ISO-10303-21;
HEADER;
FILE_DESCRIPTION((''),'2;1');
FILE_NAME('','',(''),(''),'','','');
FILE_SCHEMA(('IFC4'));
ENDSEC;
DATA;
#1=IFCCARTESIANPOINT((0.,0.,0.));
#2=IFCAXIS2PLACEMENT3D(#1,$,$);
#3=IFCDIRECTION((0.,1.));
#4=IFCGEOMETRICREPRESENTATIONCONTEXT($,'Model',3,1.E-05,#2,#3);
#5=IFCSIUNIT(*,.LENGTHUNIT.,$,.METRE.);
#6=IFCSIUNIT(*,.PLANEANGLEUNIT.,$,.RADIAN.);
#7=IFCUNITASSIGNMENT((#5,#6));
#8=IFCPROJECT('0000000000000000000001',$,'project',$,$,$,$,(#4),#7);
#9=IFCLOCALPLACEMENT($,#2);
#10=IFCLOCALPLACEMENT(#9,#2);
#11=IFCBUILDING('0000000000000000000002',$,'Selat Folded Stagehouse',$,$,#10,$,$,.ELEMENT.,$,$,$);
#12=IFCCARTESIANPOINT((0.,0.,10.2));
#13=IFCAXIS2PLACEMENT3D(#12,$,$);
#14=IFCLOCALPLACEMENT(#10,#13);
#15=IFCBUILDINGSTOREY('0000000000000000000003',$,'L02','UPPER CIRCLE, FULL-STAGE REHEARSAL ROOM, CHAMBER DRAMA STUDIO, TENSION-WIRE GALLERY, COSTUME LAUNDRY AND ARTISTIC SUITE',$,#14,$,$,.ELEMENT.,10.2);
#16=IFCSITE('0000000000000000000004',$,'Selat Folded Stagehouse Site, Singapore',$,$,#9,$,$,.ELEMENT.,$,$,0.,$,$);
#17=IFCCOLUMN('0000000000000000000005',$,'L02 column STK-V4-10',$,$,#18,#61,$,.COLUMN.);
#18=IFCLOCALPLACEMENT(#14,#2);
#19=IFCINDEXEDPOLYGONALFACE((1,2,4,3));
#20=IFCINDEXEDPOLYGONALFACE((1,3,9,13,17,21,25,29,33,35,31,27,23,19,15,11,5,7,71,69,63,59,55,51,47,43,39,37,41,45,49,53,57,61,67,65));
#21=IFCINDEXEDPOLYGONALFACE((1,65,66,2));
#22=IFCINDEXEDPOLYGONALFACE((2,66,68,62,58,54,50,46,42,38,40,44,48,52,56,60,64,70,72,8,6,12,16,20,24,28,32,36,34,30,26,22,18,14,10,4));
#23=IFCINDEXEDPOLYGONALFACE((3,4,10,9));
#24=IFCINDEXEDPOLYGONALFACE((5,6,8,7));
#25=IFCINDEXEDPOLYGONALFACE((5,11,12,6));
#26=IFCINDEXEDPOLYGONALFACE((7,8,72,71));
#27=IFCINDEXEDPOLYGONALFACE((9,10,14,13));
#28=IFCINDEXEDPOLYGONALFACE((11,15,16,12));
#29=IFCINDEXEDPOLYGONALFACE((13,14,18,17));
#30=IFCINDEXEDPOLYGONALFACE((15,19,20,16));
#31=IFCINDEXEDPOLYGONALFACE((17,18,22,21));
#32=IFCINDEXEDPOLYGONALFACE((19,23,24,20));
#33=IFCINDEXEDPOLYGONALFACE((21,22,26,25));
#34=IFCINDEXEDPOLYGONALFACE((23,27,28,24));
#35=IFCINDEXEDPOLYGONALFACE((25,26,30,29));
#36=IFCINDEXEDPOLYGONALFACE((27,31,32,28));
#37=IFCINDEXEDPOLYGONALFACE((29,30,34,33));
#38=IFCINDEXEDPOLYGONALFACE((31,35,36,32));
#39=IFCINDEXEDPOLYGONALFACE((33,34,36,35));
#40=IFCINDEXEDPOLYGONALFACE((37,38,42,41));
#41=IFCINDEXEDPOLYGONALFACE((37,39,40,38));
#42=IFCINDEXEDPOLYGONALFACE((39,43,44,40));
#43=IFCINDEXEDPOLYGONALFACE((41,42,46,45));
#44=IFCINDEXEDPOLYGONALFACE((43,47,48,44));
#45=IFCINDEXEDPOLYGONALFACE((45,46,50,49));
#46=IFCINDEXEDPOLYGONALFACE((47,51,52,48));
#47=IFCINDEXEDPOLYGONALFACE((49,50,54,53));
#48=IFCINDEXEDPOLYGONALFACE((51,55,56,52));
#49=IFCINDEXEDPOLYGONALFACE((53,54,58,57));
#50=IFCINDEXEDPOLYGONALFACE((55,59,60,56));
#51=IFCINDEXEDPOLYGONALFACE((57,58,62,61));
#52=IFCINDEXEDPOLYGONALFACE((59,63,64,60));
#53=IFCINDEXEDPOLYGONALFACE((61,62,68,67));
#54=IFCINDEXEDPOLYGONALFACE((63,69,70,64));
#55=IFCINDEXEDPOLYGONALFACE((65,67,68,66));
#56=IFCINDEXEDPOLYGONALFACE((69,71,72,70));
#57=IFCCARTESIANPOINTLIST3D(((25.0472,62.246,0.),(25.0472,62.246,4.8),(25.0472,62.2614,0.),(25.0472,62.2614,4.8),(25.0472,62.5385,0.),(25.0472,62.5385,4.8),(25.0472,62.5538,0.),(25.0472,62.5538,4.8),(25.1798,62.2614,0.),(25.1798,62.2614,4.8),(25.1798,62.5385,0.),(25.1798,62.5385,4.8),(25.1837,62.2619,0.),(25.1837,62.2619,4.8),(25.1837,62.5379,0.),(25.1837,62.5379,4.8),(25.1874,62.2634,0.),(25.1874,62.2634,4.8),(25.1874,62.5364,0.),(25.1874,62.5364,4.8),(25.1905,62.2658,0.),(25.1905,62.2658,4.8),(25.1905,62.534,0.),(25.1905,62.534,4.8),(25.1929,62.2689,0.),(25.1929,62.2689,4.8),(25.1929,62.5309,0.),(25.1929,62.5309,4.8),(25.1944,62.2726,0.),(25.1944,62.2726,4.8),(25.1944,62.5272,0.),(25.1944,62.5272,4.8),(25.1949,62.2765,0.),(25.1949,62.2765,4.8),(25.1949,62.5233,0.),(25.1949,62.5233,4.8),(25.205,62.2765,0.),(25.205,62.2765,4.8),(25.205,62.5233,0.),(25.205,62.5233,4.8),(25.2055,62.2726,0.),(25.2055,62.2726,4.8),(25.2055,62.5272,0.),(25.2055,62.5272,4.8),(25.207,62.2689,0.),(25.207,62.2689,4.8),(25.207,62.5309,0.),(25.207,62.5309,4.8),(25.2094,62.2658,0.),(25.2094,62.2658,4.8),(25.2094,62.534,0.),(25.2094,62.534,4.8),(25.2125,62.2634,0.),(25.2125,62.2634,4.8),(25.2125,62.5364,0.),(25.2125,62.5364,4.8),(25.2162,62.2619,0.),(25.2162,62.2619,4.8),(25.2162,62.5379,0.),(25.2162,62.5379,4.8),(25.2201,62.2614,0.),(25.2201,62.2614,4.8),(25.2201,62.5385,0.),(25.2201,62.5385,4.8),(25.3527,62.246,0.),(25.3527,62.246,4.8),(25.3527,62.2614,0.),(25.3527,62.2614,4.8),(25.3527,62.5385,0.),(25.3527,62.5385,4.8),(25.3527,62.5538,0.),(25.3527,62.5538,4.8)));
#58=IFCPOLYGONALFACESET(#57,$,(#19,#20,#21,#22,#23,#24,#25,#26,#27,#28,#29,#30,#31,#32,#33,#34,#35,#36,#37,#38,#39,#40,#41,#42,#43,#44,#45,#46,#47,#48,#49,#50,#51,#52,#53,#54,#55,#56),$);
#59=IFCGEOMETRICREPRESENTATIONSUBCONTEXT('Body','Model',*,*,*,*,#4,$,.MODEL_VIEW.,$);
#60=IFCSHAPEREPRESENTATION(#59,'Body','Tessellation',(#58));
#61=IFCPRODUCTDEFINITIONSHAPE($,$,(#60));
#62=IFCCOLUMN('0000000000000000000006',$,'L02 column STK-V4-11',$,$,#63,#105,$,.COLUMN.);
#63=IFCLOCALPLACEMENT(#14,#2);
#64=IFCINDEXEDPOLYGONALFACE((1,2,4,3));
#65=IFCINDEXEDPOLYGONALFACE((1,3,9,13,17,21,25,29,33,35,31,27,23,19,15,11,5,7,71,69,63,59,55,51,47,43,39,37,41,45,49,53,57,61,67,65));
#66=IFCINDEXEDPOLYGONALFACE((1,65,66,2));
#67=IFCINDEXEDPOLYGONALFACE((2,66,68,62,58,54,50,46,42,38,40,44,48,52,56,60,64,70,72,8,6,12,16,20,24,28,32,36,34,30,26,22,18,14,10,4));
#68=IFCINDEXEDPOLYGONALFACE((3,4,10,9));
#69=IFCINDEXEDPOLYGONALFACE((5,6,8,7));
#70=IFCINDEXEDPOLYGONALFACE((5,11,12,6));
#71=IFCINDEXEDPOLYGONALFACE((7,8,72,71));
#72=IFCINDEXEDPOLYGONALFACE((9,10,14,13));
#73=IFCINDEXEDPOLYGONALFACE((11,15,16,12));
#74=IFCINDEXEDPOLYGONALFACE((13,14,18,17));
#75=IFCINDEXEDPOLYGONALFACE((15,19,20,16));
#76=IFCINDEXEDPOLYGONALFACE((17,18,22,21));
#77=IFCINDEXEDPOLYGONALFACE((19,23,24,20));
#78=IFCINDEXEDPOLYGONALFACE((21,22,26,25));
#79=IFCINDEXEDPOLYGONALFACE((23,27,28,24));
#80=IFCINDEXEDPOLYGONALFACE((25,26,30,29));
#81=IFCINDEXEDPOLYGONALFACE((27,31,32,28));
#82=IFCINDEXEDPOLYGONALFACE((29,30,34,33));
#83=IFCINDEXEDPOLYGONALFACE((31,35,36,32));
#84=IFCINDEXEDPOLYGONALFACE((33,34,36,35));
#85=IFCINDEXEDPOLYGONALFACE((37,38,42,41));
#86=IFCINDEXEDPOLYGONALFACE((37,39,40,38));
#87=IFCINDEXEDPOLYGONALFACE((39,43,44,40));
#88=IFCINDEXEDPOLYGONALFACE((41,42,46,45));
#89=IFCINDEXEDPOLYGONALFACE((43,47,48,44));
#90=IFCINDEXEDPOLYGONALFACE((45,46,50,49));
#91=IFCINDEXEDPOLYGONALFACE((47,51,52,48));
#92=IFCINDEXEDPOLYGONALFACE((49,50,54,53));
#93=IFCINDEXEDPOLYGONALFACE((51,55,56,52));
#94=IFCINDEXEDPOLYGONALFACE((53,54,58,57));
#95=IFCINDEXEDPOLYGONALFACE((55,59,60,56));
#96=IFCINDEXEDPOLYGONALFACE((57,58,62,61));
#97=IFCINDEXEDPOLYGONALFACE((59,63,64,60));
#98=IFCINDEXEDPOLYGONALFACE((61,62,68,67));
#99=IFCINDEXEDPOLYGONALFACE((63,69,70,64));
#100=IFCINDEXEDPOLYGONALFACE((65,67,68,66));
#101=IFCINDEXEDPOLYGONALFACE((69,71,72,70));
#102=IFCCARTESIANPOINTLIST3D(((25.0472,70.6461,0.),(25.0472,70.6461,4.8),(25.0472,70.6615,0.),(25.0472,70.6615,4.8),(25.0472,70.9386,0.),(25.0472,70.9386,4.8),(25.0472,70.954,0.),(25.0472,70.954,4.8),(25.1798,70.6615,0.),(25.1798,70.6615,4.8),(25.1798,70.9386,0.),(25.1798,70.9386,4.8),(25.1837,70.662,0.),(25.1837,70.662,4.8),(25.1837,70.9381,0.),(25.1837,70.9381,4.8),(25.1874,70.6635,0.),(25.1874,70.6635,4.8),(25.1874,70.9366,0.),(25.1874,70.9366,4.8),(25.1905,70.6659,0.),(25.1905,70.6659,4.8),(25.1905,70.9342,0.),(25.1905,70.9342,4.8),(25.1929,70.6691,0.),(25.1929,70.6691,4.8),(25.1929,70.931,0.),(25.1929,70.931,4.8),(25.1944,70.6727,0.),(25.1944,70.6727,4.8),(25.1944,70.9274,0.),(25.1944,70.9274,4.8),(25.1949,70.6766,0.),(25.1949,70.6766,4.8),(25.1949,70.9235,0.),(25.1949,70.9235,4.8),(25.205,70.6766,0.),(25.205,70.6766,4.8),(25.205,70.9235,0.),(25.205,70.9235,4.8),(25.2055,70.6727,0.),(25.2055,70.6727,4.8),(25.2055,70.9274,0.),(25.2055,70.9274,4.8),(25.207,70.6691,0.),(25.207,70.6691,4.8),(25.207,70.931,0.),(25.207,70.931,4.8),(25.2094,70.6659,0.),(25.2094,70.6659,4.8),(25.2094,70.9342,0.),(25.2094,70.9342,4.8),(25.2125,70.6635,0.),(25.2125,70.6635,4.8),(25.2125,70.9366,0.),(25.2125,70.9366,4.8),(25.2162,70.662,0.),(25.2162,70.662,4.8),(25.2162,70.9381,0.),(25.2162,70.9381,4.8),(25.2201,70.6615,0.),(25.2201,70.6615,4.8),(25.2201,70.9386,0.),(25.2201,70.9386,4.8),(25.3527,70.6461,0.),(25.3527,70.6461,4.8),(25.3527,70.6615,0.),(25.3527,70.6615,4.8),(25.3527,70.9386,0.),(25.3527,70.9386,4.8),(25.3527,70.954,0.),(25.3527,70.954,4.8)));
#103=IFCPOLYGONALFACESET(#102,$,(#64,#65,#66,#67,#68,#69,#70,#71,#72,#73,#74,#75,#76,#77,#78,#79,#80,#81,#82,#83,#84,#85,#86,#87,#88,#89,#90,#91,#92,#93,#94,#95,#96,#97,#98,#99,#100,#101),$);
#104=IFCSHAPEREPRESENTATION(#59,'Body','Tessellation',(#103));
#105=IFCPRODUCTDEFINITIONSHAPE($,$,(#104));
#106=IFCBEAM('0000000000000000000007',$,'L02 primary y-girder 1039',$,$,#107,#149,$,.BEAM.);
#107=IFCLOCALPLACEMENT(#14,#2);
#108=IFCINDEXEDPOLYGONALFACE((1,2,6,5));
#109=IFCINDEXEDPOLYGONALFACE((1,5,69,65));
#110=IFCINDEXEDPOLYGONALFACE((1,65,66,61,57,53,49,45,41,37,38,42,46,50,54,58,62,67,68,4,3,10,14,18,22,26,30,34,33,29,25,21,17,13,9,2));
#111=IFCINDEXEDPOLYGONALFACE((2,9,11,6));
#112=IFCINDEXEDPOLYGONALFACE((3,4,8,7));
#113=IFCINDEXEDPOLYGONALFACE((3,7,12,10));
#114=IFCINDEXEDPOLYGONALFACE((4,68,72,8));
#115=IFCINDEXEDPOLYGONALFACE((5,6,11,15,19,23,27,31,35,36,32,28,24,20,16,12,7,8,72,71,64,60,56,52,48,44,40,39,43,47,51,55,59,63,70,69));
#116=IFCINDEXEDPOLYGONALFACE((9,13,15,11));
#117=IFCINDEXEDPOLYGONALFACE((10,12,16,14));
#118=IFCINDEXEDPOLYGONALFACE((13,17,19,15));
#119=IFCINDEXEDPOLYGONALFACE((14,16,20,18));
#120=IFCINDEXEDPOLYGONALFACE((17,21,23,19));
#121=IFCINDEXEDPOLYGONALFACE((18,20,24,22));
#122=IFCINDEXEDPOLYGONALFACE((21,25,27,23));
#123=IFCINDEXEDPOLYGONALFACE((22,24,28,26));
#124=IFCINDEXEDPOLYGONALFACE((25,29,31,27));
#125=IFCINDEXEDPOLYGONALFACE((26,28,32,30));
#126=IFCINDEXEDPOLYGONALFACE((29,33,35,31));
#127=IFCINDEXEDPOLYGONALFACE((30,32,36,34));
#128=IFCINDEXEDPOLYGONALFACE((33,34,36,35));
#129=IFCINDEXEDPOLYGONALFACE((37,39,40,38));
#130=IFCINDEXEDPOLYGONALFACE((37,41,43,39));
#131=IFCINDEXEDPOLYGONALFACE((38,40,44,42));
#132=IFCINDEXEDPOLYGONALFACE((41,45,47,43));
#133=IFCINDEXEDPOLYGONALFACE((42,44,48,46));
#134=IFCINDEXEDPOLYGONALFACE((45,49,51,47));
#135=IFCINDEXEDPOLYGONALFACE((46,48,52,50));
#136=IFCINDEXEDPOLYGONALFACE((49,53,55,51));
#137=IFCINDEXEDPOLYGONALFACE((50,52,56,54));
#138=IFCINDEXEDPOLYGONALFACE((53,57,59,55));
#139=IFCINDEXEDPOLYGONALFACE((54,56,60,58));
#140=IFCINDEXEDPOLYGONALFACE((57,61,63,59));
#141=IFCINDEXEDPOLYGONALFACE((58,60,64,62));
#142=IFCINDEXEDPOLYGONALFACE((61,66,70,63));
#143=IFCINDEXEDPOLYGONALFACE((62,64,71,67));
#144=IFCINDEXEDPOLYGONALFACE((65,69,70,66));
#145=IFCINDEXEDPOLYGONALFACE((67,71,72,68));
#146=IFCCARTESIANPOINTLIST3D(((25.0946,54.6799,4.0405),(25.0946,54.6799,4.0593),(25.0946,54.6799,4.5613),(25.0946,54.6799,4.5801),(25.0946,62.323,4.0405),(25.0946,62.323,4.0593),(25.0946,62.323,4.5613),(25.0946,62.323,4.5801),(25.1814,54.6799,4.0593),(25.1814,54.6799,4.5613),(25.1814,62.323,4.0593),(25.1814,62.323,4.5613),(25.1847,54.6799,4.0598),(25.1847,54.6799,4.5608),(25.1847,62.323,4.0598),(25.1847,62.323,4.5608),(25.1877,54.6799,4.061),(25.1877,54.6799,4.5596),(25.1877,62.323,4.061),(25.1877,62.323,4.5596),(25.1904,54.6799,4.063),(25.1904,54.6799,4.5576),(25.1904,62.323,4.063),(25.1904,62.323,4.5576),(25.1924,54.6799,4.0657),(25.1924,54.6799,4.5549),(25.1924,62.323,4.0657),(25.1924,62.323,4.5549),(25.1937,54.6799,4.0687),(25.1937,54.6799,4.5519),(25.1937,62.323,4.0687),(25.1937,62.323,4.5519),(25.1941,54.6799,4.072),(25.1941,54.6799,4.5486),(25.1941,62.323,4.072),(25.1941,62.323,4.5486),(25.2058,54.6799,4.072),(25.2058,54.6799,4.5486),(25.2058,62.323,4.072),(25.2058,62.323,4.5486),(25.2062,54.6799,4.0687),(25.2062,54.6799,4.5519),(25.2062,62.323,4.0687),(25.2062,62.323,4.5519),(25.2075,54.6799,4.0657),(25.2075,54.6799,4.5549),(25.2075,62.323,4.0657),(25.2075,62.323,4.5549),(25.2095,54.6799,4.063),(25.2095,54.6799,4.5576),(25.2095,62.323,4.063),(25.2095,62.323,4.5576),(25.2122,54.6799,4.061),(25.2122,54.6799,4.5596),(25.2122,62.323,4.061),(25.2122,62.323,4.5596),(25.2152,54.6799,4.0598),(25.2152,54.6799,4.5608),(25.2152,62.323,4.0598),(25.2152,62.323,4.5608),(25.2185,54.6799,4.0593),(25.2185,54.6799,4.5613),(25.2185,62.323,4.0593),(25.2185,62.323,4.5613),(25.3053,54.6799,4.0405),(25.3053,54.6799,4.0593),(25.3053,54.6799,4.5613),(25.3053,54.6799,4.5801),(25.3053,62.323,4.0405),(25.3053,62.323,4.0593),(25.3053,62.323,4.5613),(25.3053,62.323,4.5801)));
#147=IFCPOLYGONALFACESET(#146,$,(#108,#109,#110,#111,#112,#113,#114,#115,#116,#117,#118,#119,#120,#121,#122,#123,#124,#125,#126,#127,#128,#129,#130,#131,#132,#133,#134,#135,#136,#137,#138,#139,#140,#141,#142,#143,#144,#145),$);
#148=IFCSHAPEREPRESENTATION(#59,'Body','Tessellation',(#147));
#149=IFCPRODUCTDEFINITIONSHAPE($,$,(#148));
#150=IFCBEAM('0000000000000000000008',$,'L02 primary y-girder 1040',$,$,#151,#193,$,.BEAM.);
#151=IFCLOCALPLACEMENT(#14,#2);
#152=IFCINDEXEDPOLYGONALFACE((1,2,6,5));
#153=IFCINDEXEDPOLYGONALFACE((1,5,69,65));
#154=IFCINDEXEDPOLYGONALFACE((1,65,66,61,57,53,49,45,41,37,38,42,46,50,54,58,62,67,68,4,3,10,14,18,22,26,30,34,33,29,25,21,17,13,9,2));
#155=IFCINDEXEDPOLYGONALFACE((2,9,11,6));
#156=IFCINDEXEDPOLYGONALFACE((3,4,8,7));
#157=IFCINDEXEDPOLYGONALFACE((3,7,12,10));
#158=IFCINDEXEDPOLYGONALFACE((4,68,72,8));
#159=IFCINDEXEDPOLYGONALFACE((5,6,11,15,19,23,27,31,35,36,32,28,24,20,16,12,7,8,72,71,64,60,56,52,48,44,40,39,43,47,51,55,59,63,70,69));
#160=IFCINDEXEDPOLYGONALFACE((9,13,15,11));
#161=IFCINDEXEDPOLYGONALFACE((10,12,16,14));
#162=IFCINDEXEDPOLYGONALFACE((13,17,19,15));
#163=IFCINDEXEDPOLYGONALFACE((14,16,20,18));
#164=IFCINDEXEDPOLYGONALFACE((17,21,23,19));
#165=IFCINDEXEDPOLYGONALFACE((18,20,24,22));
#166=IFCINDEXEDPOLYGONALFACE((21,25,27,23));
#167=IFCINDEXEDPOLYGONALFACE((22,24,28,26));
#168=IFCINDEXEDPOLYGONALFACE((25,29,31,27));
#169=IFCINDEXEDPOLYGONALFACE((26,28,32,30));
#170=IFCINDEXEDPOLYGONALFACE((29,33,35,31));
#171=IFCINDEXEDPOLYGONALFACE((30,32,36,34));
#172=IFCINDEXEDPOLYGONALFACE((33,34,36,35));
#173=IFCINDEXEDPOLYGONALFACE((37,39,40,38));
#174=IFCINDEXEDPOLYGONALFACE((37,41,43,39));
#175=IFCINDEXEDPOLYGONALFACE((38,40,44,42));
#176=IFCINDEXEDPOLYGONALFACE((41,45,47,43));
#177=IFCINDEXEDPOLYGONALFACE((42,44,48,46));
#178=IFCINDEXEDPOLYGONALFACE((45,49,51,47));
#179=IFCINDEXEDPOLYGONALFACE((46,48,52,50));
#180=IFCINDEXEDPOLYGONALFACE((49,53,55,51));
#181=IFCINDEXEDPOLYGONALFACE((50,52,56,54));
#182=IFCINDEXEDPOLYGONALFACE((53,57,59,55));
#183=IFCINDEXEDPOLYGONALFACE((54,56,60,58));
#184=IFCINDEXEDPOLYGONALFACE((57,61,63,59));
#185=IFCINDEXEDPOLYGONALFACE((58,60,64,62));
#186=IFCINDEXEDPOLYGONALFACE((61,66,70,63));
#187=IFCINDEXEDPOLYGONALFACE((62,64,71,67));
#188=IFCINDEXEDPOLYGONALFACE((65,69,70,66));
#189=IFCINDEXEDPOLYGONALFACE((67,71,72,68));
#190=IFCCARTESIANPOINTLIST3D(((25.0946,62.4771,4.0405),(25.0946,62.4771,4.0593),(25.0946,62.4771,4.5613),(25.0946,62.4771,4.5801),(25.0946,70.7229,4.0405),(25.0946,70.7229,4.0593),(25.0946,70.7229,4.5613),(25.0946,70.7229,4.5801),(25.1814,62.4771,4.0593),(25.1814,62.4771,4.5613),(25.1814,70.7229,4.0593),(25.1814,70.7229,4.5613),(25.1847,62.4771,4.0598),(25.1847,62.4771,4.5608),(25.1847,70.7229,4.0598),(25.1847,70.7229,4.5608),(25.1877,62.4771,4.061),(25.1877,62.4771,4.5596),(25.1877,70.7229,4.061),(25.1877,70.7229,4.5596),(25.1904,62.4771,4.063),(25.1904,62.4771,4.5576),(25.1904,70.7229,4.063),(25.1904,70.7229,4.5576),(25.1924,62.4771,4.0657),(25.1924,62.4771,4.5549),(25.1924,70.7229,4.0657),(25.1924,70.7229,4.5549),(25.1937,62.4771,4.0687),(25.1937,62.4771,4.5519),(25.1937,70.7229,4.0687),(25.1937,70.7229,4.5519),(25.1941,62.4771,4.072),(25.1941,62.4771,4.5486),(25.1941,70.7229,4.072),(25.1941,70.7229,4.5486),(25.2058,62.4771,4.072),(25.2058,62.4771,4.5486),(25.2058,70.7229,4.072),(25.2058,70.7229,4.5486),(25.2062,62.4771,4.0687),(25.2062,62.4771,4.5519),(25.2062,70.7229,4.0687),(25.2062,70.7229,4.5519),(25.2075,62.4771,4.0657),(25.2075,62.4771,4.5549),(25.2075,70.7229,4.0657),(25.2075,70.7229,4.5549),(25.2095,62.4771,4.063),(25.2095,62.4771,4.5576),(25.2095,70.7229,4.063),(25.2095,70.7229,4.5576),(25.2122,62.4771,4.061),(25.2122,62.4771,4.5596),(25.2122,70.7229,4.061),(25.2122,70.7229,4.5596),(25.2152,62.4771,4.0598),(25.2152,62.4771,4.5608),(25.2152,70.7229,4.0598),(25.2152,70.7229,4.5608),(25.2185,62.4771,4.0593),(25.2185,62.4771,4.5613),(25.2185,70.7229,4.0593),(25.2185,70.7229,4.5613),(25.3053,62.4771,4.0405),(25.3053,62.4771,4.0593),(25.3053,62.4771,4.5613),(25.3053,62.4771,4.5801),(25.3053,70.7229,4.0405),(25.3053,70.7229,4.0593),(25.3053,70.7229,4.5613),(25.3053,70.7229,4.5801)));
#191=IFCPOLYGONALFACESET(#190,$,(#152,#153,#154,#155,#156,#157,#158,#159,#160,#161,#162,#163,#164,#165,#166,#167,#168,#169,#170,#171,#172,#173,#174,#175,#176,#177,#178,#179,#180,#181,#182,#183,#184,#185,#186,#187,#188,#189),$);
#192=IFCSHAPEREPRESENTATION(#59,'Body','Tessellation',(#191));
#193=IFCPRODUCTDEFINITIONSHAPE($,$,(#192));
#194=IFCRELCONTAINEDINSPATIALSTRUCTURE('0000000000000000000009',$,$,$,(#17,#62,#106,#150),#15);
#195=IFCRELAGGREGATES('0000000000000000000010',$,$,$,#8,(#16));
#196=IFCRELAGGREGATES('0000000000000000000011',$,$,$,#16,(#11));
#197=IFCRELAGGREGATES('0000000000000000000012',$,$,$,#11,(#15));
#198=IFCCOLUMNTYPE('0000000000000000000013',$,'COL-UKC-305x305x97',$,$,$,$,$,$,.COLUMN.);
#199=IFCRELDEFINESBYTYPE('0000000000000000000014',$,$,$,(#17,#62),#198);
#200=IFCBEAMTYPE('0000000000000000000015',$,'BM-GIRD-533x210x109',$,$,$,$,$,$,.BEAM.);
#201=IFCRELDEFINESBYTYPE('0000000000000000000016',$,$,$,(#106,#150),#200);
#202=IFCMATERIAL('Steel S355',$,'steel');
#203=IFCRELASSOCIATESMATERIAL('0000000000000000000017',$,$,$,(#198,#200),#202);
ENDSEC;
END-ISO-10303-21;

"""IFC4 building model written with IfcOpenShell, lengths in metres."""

from ifc_helpers import new_model, si_unit, direction, frame, origin, origin_2d, place, context, subcontext, project, spatial, i_section, extrude, material, material_profile, profile_set, type_object, element, save


model = new_model("IFC4")

# Units and contexts
model_context = context("Model", 3, precision=1e-05, world=origin(), true_north=direction((0.0, 1.0)))
body_context = subcontext(model_context, "Body", "Model", "MODEL_VIEW")
ifc_project = project(units=[si_unit("LENGTHUNIT", "METRE"), si_unit("PLANEANGLEUNIT", "RADIAN")], contexts=[model_context])

# Site, building, storey
site_placement = place(None, origin())
site = spatial("IfcSite", under=ifc_project, at=site_placement, Name="Selat Folded Stagehouse Site, Singapore", CompositionType="ELEMENT", RefElevation=0.0)
building_placement = place(site_placement, origin())
building = spatial("IfcBuilding", under=site, at=building_placement, Name="Selat Folded Stagehouse", CompositionType="ELEMENT")
storey_placement = place(building_placement, frame((0.0, 0.0, 10.2)))
storey = spatial("IfcBuildingStorey", under=building, at=storey_placement, Name="L02", Description="UPPER CIRCLE, FULL-STAGE REHEARSAL ROOM, CHAMBER DRAMA STUDIO, TENSION-WIRE GALLERY, COSTUME LAUNDRY AND ARTISTIC SUITE", CompositionType="ELEMENT", Elevation=10.2)

# Columns
ifc_material_1 = material(Name="Steel S355", Category="steel")
ifc_material_profile_1 = material_profile(ifc_material_1, i_section(OverallWidth=0.3054, OverallDepth=0.3079, WebThickness=0.01, FlangeThickness=0.0154, FilletRadius=0.0151, at=origin_2d()), Name="UKC 305x305x97")
ifc_profile_set_1 = profile_set([ifc_material_profile_1], Name="Steel S355")
column_type = type_object("IfcColumnType", Name="COL-UKC-305x305x97", PredefinedType="COLUMN", material=ifc_profile_set_1)
for number, where, z_axis, x_axis, name in (
    (1, (25.2, 62.3999, 0.0), (0.0, 0.0, 1.0), (1.0, 0.0, 0.0), "L02 column STK-V4-10"),
    (2, (25.2, 70.8, 0.0), (0.0, 0.0, 1.0), (1.0, 0.0, 0.0), "L02 column STK-V4-11"),
):
    element("IfcColumn", number, at=place(storey_placement, frame(where, z_axis=z_axis, x_axis=x_axis)), inside=storey, type_object=column_type, Name=name, PredefinedType="COLUMN", context=body_context, shape_type="SweptSolid", body=[
        extrude(i_section(OverallWidth=0.3054, OverallDepth=0.3079, WebThickness=0.01, FlangeThickness=0.0154, FilletRadius=0.0151, at=origin_2d()), origin(), (0.0, 0.0, 1.0), 4.8),
    ])

# Beams
ifc_material_profile_2 = material_profile(ifc_material_1, i_section(OverallWidth=0.2107, OverallDepth=0.5396, WebThickness=0.0117, FlangeThickness=0.0188, FilletRadius=0.0127, at=origin_2d()), Name="UKB 533x210x109")
ifc_profile_set_2 = profile_set([ifc_material_profile_2], Name="Steel S355")
beam_type_1 = type_object("IfcBeamType", Name="BM-GIRD-533x210x109", PredefinedType="BEAM", material=ifc_profile_set_2)
beam_1_placement = place(storey_placement, frame((25.2, 54.6799, 4.3103), z_axis=(0.0, 1.0, 0.0), x_axis=(-1.0, 0.0, 0.0)))
element("IfcBeam", 3, at=beam_1_placement, inside=storey, type_object=beam_type_1, Name="L02 primary y-girder 1039", PredefinedType="BEAM", context=body_context, shape_type="SweptSolid", body=[
    extrude(i_section(OverallWidth=0.2107, OverallDepth=0.5396, WebThickness=0.0117, FlangeThickness=0.0188, FilletRadius=0.0127, at=origin_2d()), origin(), (0.0, 0.0, 1.0), 7.6431),
])
beam_2_placement = place(storey_placement, frame((25.2, 62.4771, 4.3103), z_axis=(0.0, 1.0, 0.0), x_axis=(-1.0, 0.0, 0.0)))
element("IfcBeam", 4, at=beam_2_placement, inside=storey, type_object=beam_type_1, Name="L02 primary y-girder 1040", PredefinedType="BEAM", context=body_context, shape_type="SweptSolid", body=[
    extrude(i_section(OverallWidth=0.2107, OverallDepth=0.5396, WebThickness=0.0117, FlangeThickness=0.0188, FilletRadius=0.0127, at=origin_2d()), origin(), (0.0, 0.0, 1.0), 8.2458),
])

save(model, "model.ifc")
